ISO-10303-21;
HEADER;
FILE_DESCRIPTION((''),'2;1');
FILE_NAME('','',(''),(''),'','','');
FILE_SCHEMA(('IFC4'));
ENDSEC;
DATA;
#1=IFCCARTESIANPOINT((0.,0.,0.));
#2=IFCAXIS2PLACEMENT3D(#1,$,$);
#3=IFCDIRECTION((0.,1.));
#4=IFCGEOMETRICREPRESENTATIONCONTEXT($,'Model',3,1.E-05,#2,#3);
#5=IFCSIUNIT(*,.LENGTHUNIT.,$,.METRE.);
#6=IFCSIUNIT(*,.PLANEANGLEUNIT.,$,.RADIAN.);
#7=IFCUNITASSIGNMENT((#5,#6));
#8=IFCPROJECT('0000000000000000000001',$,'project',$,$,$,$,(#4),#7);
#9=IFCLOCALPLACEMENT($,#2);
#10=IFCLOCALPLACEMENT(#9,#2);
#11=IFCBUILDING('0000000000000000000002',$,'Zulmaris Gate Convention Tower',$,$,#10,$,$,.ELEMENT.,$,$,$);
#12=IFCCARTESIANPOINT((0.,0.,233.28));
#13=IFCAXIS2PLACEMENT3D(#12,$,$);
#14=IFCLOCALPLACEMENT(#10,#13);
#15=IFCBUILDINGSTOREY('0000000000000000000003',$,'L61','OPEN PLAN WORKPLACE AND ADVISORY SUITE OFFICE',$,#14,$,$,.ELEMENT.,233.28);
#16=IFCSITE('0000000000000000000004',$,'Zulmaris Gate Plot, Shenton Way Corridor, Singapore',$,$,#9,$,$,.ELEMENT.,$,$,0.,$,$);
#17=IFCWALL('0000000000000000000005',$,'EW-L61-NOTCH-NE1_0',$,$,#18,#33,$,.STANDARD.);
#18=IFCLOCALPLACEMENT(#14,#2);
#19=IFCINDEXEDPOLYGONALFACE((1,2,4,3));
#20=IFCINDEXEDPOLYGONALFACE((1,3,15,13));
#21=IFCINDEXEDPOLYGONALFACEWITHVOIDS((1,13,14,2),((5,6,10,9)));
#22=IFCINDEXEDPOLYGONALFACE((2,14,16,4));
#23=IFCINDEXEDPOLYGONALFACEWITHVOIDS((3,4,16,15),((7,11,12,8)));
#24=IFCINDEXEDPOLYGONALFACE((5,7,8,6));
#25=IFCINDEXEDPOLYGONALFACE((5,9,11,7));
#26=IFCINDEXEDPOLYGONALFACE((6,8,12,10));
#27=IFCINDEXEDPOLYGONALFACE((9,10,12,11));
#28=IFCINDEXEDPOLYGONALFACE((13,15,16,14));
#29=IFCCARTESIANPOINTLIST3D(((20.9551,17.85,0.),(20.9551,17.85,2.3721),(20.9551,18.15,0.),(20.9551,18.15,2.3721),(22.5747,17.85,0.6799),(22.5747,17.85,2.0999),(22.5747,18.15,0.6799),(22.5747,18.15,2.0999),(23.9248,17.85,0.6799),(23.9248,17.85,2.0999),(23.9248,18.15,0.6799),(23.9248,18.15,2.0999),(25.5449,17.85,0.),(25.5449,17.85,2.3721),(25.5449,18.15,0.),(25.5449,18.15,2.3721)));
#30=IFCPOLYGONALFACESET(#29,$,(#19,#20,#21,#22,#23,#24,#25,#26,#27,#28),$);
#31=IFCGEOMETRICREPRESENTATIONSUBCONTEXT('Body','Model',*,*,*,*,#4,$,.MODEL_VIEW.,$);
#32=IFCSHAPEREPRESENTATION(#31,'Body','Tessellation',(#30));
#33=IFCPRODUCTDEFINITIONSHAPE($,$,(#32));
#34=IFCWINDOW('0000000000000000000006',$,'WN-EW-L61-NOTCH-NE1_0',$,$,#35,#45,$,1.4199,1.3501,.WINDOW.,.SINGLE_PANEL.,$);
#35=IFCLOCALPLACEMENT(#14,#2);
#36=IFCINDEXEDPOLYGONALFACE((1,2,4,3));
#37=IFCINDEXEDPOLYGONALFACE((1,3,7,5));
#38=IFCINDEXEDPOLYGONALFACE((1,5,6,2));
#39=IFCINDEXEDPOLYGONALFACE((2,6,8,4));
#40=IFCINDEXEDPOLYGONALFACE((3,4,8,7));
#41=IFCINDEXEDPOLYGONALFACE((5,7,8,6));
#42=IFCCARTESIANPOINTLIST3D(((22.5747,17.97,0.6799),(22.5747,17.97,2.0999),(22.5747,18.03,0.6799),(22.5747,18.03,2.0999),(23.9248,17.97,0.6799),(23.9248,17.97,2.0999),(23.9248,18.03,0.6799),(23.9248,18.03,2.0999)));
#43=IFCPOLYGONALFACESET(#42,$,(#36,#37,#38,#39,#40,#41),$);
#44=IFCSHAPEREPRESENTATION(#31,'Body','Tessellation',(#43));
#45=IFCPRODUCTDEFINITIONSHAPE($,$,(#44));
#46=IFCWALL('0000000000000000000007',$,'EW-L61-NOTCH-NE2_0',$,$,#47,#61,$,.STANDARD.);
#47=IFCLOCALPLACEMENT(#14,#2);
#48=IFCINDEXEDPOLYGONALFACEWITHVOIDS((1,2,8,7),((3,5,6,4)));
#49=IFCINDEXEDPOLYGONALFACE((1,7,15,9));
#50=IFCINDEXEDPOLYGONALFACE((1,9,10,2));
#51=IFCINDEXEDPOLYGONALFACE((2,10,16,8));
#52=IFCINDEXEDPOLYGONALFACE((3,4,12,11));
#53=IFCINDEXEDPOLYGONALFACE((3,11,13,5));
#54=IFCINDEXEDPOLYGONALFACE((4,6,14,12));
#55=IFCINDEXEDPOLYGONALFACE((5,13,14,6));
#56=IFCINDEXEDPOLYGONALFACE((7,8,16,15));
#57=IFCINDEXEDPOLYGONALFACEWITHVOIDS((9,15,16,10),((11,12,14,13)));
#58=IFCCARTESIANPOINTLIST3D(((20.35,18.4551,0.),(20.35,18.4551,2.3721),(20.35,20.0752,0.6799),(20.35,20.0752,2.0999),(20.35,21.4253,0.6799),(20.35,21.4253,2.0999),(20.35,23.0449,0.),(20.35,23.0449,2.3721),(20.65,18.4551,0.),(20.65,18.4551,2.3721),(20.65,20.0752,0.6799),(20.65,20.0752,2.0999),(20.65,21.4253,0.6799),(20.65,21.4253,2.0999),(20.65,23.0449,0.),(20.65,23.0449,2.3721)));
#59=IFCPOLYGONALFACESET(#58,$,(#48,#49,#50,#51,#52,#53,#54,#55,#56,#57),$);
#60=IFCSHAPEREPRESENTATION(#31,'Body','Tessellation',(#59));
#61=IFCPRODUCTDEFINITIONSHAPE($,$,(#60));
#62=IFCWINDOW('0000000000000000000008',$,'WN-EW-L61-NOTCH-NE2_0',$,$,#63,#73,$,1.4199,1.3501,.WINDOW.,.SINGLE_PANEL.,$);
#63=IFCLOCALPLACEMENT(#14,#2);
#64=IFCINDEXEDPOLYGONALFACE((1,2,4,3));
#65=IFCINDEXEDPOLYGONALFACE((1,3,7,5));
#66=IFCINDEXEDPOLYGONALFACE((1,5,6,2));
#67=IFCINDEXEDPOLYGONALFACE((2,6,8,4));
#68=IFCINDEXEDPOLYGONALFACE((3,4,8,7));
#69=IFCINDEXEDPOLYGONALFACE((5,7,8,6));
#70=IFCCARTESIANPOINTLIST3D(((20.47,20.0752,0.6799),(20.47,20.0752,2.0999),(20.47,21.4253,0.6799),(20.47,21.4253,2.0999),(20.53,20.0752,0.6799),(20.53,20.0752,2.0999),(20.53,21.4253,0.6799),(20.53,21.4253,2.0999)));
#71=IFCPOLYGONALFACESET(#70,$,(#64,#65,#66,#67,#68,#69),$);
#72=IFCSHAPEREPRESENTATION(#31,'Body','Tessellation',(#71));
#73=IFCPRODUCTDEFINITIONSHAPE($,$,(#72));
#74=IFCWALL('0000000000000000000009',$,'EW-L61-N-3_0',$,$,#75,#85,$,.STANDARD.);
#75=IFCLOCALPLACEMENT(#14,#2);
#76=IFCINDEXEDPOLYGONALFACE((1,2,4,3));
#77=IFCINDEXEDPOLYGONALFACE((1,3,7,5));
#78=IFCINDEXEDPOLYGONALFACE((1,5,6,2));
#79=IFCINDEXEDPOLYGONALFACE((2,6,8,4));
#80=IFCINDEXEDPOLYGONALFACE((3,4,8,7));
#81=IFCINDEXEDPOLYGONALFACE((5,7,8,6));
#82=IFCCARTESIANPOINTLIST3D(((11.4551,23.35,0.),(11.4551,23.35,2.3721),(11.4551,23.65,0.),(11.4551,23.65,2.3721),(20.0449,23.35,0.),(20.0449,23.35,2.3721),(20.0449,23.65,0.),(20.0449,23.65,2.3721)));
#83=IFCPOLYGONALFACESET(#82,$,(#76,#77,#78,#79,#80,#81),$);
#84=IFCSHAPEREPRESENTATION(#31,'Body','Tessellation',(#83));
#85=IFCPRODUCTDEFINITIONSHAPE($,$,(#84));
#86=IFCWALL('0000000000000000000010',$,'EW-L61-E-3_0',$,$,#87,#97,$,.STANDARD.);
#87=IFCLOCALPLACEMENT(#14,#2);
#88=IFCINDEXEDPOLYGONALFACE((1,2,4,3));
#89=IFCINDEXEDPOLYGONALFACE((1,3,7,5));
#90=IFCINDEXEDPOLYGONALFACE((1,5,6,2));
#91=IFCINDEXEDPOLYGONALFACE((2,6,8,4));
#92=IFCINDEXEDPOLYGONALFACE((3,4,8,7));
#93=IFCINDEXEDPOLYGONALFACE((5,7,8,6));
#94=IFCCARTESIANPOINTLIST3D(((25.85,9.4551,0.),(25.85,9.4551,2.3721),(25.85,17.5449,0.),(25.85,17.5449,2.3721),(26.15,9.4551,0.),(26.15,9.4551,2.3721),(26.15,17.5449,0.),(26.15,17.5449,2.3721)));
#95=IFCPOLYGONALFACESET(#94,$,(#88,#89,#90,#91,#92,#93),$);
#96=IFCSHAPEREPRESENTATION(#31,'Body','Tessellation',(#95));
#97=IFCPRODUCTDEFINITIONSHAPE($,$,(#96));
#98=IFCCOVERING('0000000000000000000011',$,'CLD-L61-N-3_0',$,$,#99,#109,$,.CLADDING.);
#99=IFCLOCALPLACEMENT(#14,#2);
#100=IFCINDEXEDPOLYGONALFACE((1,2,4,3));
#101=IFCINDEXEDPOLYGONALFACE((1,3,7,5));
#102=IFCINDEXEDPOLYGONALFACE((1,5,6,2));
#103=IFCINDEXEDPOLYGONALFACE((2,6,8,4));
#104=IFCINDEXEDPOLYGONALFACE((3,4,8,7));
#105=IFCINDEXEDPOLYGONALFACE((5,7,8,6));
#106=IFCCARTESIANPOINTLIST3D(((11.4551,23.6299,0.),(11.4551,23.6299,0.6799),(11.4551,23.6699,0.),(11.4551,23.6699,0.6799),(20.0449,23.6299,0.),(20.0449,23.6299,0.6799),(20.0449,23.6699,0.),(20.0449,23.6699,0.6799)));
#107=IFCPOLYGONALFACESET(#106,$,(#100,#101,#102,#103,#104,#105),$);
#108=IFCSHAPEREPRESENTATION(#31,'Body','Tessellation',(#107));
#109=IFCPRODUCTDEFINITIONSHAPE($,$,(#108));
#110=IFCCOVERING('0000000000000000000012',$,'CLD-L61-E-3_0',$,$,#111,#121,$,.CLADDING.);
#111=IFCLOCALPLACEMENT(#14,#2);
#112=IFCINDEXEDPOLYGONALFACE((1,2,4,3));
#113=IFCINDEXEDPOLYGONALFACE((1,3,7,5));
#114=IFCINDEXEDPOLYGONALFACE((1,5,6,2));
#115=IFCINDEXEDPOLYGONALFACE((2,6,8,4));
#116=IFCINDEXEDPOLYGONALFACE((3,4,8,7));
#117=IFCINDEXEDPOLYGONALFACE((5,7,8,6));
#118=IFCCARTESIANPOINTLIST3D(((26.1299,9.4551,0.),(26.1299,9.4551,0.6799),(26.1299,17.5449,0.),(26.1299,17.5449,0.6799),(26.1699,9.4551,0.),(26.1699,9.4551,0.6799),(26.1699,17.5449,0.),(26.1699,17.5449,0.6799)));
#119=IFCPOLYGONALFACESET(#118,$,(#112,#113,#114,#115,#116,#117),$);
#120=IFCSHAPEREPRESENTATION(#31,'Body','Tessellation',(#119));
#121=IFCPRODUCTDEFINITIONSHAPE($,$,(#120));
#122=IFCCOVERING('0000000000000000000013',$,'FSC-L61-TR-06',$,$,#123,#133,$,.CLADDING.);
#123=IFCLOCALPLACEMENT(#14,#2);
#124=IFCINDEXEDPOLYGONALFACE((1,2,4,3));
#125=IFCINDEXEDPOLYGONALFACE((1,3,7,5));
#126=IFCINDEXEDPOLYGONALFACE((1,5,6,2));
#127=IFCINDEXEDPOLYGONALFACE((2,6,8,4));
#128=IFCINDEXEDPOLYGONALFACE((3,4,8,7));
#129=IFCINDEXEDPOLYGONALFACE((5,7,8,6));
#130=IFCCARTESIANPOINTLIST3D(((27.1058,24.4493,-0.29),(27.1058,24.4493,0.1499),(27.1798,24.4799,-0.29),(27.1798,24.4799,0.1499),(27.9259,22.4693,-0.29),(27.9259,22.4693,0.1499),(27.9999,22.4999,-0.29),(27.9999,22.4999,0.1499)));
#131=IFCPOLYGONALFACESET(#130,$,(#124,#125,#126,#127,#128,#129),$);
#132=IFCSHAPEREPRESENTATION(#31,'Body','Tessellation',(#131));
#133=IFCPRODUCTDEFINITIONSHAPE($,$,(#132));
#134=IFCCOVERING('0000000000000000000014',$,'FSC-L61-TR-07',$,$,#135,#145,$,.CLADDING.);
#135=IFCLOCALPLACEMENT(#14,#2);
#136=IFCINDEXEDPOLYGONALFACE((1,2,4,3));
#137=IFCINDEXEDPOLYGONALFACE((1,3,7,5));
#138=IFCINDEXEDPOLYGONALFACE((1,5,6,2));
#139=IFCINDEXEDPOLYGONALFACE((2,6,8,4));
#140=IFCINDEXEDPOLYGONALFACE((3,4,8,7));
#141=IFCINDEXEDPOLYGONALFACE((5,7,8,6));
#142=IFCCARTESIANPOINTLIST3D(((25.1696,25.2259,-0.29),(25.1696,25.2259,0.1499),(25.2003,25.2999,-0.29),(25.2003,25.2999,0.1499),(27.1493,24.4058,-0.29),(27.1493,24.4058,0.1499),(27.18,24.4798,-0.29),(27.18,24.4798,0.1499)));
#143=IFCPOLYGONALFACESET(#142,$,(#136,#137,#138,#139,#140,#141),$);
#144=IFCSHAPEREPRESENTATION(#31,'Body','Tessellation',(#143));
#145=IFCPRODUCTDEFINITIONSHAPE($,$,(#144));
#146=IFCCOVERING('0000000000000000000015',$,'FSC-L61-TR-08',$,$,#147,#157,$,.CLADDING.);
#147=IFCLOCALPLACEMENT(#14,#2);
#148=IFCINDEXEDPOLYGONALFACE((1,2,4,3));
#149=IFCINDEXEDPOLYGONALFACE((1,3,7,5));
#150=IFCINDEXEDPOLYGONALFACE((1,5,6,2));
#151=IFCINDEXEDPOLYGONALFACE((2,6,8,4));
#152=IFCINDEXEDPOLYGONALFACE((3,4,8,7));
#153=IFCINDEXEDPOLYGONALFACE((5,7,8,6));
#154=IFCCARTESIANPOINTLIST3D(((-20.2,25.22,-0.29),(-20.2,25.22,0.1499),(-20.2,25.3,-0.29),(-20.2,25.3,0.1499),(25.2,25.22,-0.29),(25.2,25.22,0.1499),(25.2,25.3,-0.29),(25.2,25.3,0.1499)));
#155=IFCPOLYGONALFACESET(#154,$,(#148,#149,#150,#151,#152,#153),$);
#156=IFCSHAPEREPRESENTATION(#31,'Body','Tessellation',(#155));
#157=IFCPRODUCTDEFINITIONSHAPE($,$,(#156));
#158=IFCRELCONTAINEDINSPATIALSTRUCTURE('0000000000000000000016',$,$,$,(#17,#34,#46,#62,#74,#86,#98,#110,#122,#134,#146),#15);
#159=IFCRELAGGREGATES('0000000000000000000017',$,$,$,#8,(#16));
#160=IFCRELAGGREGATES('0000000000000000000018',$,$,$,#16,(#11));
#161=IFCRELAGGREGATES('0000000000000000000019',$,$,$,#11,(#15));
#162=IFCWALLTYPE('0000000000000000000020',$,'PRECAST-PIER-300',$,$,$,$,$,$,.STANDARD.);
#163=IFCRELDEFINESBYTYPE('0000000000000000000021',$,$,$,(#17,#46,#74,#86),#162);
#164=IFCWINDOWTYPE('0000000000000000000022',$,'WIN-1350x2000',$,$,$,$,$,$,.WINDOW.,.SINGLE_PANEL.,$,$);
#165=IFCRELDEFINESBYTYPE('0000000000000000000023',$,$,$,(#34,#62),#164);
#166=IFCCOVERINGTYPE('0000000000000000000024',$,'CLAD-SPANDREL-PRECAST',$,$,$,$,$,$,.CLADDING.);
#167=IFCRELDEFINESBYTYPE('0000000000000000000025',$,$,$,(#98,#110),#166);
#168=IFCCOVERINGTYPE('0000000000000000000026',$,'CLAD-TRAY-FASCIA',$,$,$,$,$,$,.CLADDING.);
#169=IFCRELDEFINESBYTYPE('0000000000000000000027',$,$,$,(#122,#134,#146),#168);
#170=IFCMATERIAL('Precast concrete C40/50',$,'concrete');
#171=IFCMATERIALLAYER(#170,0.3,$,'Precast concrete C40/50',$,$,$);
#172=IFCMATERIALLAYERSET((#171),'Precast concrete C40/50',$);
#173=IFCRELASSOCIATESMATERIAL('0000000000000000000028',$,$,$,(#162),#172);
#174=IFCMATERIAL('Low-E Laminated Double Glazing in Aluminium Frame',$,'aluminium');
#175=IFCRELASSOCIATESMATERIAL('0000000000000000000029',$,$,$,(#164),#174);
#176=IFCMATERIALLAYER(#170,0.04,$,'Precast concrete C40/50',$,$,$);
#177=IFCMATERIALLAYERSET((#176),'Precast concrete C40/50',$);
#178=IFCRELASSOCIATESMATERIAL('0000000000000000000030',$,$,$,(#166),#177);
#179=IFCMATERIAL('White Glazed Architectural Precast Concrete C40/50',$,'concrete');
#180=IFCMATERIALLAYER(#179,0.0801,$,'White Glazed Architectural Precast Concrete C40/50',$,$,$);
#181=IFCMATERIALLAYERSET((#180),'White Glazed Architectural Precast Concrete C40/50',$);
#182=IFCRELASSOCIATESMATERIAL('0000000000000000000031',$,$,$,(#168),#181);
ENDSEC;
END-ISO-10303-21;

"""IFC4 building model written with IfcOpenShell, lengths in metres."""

from ifc_helpers import new_model, si_unit, direction, frame, frame_2d, origin, place, context, subcontext, project, spatial, rectangle, extrude, material, layer, layer_set, type_object, element, fill, save


model = new_model("IFC4")

# Units and contexts
model_context = context("Model", 3, precision=1e-05, world=origin(), true_north=direction((0.0, 1.0)))
body_context = subcontext(model_context, "Body", "Model", "MODEL_VIEW")
ifc_project = project(units=[si_unit("LENGTHUNIT", "METRE"), si_unit("PLANEANGLEUNIT", "RADIAN")], contexts=[model_context])

# Site, building, storey
site_placement = place(None, origin())
site = spatial("IfcSite", under=ifc_project, at=site_placement, Name="Zulmaris Gate Plot, Shenton Way Corridor, Singapore", CompositionType="ELEMENT", RefElevation=0.0)
building_placement = place(site_placement, origin())
building = spatial("IfcBuilding", under=site, at=building_placement, Name="Zulmaris Gate Convention Tower", CompositionType="ELEMENT")
storey_placement = place(building_placement, frame((0.0, 0.0, 233.28)))
storey = spatial("IfcBuildingStorey", under=building, at=storey_placement, Name="L61", Description="OPEN PLAN WORKPLACE AND ADVISORY SUITE OFFICE", CompositionType="ELEMENT", Elevation=233.28)

# Walls, openings, windows
ifc_material_1 = material(Name="Precast concrete C40/50", Category="concrete")
ifc_layer_1 = layer(ifc_material_1, 0.3, Name="Precast concrete C40/50")
ifc_layer_set_1 = layer_set([ifc_layer_1], Name="Precast concrete C40/50")
wall_type_1 = type_object("IfcWallType", Name="PRECAST-PIER-300", PredefinedType="STANDARD", material=ifc_layer_set_1)
wall_1_placement = place(storey_placement, frame((25.5449, 18.0, 0.0), z_axis=(0.0, 0.0, 1.0), x_axis=(-1.0, 0.0, 0.0)))
wall_1 = element("IfcWall", 1, at=wall_1_placement, inside=storey, type_object=wall_type_1, Name="EW-L61-NOTCH-NE1_0", PredefinedType="STANDARD", context=body_context, shape_type="SweptSolid", body=[
    extrude(rectangle(XDim=4.5898, YDim=0.3, at=frame_2d((2.2949, 0.0))), origin(), (0.0, 0.0, 1.0), 2.3721),
])
opening_1_placement = place(wall_1_placement, frame((1.6201, 0.0, 0.6799)))
opening_1 = element("IfcOpeningElement", 2, at=opening_1_placement, cuts=wall_1, PredefinedType="OPENING", context=body_context, shape_type="SweptSolid", body=[
    extrude(rectangle(XDim=1.3501, YDim=1.4199, at=frame_2d((0.675, 0.71))), frame((0.0, 0.1602, 0.0), z_axis=(0.0, -1.0, 0.0), x_axis=(1.0, 0.0, 0.0)), (0.0, 0.0, 1.0), 0.3201),
])
ifc_material_2 = material(Name="Low-E Laminated Double Glazing in Aluminium Frame", Category="aluminium")
window_type = type_object("IfcWindowType", Name="WIN-1350x2000", PartitioningType="SINGLE_PANEL", PredefinedType="WINDOW", material=ifc_material_2)
window_1_placement = place(opening_1_placement, origin())
window_1 = element("IfcWindow", 3, at=window_1_placement, inside=storey, type_object=window_type, Name="WN-EW-L61-NOTCH-NE1_0", OverallHeight=1.4199, OverallWidth=1.3501, PartitioningType="SINGLE_PANEL", PredefinedType="WINDOW", context=body_context, shape_type="SweptSolid", body=[
    extrude(rectangle(XDim=1.3501, YDim=1.4199, at=frame_2d((0.675, 0.71))), frame((0.0, 0.03, 0.0), z_axis=(0.0, -1.0, 0.0), x_axis=(1.0, 0.0, 0.0)), (0.0, 0.0, 1.0), 0.0601),
])
fill(opening_1, window_1)
wall_2_placement = place(storey_placement, frame((20.5, 18.4551, 0.0), z_axis=(0.0, 0.0, 1.0), x_axis=(0.0, 1.0, 0.0)))
wall_2 = element("IfcWall", 4, at=wall_2_placement, inside=storey, type_object=wall_type_1, Name="EW-L61-NOTCH-NE2_0", PredefinedType="STANDARD", context=body_context, shape_type="SweptSolid", body=[
    extrude(rectangle(XDim=4.5898, YDim=0.3, at=frame_2d((2.2949, 0.0))), origin(), (0.0, 0.0, 1.0), 2.3721),
])
opening_2_placement = place(wall_2_placement, frame((1.6201, 0.0, 0.6799)))
opening_2 = element("IfcOpeningElement", 5, at=opening_2_placement, cuts=wall_2, PredefinedType="OPENING", context=body_context, shape_type="SweptSolid", body=[
    extrude(rectangle(XDim=1.3501, YDim=1.4199, at=frame_2d((0.675, 0.71))), frame((0.0, 0.1602, 0.0), z_axis=(0.0, -1.0, 0.0), x_axis=(1.0, 0.0, 0.0)), (0.0, 0.0, 1.0), 0.3201),
])
window_2_placement = place(opening_2_placement, origin())
window_2 = element("IfcWindow", 6, at=window_2_placement, inside=storey, type_object=window_type, Name="WN-EW-L61-NOTCH-NE2_0", OverallHeight=1.4199, OverallWidth=1.3501, PartitioningType="SINGLE_PANEL", PredefinedType="WINDOW", context=body_context, shape_type="SweptSolid", body=[
    extrude(rectangle(XDim=1.3501, YDim=1.4199, at=frame_2d((0.675, 0.71))), frame((0.0, 0.03, 0.0), z_axis=(0.0, -1.0, 0.0), x_axis=(1.0, 0.0, 0.0)), (0.0, 0.0, 1.0), 0.0601),
])
fill(opening_2, window_2)

# Walls
wall_3_placement = place(storey_placement, frame((20.0449, 23.5, 0.0), z_axis=(0.0, 0.0, 1.0), x_axis=(-1.0, 0.0, 0.0)))
element("IfcWall", 7, at=wall_3_placement, inside=storey, type_object=wall_type_1, Name="EW-L61-N-3_0", PredefinedType="STANDARD", context=body_context, shape_type="SweptSolid", body=[
    extrude(rectangle(XDim=8.5898, YDim=0.3, at=frame_2d((4.2949, 0.0))), origin(), (0.0, 0.0, 1.0), 2.3721),
])
wall_4_placement = place(storey_placement, frame((26.0, 9.4551, 0.0), z_axis=(0.0, 0.0, 1.0), x_axis=(0.0, 1.0, 0.0)))
element("IfcWall", 8, at=wall_4_placement, inside=storey, type_object=wall_type_1, Name="EW-L61-E-3_0", PredefinedType="STANDARD", context=body_context, shape_type="SweptSolid", body=[
    extrude(rectangle(XDim=8.0898, YDim=0.3, at=frame_2d((4.0449, 0.0))), origin(), (0.0, 0.0, 1.0), 2.3721),
])

# Coverings
ifc_layer_2 = layer(ifc_material_1, 0.04, Name="Precast concrete C40/50")
ifc_layer_set_2 = layer_set([ifc_layer_2], Name="Precast concrete C40/50")
covering_type_1 = type_object("IfcCoveringType", Name="CLAD-SPANDREL-PRECAST", PredefinedType="CLADDING", material=ifc_layer_set_2)
covering_1_placement = place(storey_placement, frame((20.0449, 23.6499, 0.0), z_axis=(0.0, 0.0, 1.0), x_axis=(-1.0, 0.0, 0.0)))
element("IfcCovering", 9, at=covering_1_placement, inside=storey, type_object=covering_type_1, Name="CLD-L61-N-3_0", PredefinedType="CLADDING", context=body_context, shape_type="SweptSolid", body=[
    extrude(rectangle(XDim=8.5898, YDim=0.04, at=frame_2d((4.2949, 0.0))), origin(), (0.0, 0.0, 1.0), 0.6799),
])
covering_2_placement = place(storey_placement, frame((26.1499, 9.4551, 0.0), z_axis=(0.0, 0.0, 1.0), x_axis=(0.0, 1.0, 0.0)))
element("IfcCovering", 10, at=covering_2_placement, inside=storey, type_object=covering_type_1, Name="CLD-L61-E-3_0", PredefinedType="CLADDING", context=body_context, shape_type="SweptSolid", body=[
    extrude(rectangle(XDim=8.0898, YDim=0.04, at=frame_2d((4.0449, 0.0))), origin(), (0.0, 0.0, 1.0), 0.6799),
])
ifc_material_3 = material(Name="White Glazed Architectural Precast Concrete C40/50", Category="concrete")
ifc_layer_3 = layer(ifc_material_3, 0.0801, Name="White Glazed Architectural Precast Concrete C40/50")
ifc_layer_set_3 = layer_set([ifc_layer_3], Name="White Glazed Architectural Precast Concrete C40/50")
covering_type_2 = type_object("IfcCoveringType", Name="CLAD-TRAY-FASCIA", PredefinedType="CLADDING", material=ifc_layer_set_3)
covering_3_placement = place(storey_placement, frame((27.9629, 22.4846, -0.29), z_axis=(0.0, 0.0, 1.0), x_axis=(-0.382657, 0.92389, 0.0)))
element("IfcCovering", 11, at=covering_3_placement, inside=storey, type_object=covering_type_2, Name="FSC-L61-TR-06", PredefinedType="CLADDING", context=body_context, shape_type="SweptSolid", body=[
    extrude(rectangle(XDim=2.1431, YDim=0.0801, at=frame_2d((1.0715, 0.0))), origin(), (0.0, 0.0, 1.0), 0.4399),
])
covering_4_placement = place(storey_placement, frame((27.1646, 24.4429, -0.29), z_axis=(0.0, 0.0, 1.0), x_axis=(-0.923874, 0.382697, 0.0)))
element("IfcCovering", 12, at=covering_4_placement, inside=storey, type_object=covering_type_2, Name="FSC-L61-TR-07", PredefinedType="CLADDING", context=body_context, shape_type="SweptSolid", body=[
    extrude(rectangle(XDim=2.1428, YDim=0.0801, at=frame_2d((1.0713, 0.0))), origin(), (0.0, 0.0, 1.0), 0.4399),
])
covering_5_placement = place(storey_placement, frame((25.2, 25.26, -0.29), z_axis=(0.0, 0.0, 1.0), x_axis=(-1.0, 0.0, 0.0)))
element("IfcCovering", 13, at=covering_5_placement, inside=storey, type_object=covering_type_2, Name="FSC-L61-TR-08", PredefinedType="CLADDING", context=body_context, shape_type="SweptSolid", body=[
    extrude(rectangle(XDim=45.3999, YDim=0.0801, at=frame_2d((22.7, 0.0))), origin(), (0.0, 0.0, 1.0), 0.4399),
])

save(model, "model.ifc")
